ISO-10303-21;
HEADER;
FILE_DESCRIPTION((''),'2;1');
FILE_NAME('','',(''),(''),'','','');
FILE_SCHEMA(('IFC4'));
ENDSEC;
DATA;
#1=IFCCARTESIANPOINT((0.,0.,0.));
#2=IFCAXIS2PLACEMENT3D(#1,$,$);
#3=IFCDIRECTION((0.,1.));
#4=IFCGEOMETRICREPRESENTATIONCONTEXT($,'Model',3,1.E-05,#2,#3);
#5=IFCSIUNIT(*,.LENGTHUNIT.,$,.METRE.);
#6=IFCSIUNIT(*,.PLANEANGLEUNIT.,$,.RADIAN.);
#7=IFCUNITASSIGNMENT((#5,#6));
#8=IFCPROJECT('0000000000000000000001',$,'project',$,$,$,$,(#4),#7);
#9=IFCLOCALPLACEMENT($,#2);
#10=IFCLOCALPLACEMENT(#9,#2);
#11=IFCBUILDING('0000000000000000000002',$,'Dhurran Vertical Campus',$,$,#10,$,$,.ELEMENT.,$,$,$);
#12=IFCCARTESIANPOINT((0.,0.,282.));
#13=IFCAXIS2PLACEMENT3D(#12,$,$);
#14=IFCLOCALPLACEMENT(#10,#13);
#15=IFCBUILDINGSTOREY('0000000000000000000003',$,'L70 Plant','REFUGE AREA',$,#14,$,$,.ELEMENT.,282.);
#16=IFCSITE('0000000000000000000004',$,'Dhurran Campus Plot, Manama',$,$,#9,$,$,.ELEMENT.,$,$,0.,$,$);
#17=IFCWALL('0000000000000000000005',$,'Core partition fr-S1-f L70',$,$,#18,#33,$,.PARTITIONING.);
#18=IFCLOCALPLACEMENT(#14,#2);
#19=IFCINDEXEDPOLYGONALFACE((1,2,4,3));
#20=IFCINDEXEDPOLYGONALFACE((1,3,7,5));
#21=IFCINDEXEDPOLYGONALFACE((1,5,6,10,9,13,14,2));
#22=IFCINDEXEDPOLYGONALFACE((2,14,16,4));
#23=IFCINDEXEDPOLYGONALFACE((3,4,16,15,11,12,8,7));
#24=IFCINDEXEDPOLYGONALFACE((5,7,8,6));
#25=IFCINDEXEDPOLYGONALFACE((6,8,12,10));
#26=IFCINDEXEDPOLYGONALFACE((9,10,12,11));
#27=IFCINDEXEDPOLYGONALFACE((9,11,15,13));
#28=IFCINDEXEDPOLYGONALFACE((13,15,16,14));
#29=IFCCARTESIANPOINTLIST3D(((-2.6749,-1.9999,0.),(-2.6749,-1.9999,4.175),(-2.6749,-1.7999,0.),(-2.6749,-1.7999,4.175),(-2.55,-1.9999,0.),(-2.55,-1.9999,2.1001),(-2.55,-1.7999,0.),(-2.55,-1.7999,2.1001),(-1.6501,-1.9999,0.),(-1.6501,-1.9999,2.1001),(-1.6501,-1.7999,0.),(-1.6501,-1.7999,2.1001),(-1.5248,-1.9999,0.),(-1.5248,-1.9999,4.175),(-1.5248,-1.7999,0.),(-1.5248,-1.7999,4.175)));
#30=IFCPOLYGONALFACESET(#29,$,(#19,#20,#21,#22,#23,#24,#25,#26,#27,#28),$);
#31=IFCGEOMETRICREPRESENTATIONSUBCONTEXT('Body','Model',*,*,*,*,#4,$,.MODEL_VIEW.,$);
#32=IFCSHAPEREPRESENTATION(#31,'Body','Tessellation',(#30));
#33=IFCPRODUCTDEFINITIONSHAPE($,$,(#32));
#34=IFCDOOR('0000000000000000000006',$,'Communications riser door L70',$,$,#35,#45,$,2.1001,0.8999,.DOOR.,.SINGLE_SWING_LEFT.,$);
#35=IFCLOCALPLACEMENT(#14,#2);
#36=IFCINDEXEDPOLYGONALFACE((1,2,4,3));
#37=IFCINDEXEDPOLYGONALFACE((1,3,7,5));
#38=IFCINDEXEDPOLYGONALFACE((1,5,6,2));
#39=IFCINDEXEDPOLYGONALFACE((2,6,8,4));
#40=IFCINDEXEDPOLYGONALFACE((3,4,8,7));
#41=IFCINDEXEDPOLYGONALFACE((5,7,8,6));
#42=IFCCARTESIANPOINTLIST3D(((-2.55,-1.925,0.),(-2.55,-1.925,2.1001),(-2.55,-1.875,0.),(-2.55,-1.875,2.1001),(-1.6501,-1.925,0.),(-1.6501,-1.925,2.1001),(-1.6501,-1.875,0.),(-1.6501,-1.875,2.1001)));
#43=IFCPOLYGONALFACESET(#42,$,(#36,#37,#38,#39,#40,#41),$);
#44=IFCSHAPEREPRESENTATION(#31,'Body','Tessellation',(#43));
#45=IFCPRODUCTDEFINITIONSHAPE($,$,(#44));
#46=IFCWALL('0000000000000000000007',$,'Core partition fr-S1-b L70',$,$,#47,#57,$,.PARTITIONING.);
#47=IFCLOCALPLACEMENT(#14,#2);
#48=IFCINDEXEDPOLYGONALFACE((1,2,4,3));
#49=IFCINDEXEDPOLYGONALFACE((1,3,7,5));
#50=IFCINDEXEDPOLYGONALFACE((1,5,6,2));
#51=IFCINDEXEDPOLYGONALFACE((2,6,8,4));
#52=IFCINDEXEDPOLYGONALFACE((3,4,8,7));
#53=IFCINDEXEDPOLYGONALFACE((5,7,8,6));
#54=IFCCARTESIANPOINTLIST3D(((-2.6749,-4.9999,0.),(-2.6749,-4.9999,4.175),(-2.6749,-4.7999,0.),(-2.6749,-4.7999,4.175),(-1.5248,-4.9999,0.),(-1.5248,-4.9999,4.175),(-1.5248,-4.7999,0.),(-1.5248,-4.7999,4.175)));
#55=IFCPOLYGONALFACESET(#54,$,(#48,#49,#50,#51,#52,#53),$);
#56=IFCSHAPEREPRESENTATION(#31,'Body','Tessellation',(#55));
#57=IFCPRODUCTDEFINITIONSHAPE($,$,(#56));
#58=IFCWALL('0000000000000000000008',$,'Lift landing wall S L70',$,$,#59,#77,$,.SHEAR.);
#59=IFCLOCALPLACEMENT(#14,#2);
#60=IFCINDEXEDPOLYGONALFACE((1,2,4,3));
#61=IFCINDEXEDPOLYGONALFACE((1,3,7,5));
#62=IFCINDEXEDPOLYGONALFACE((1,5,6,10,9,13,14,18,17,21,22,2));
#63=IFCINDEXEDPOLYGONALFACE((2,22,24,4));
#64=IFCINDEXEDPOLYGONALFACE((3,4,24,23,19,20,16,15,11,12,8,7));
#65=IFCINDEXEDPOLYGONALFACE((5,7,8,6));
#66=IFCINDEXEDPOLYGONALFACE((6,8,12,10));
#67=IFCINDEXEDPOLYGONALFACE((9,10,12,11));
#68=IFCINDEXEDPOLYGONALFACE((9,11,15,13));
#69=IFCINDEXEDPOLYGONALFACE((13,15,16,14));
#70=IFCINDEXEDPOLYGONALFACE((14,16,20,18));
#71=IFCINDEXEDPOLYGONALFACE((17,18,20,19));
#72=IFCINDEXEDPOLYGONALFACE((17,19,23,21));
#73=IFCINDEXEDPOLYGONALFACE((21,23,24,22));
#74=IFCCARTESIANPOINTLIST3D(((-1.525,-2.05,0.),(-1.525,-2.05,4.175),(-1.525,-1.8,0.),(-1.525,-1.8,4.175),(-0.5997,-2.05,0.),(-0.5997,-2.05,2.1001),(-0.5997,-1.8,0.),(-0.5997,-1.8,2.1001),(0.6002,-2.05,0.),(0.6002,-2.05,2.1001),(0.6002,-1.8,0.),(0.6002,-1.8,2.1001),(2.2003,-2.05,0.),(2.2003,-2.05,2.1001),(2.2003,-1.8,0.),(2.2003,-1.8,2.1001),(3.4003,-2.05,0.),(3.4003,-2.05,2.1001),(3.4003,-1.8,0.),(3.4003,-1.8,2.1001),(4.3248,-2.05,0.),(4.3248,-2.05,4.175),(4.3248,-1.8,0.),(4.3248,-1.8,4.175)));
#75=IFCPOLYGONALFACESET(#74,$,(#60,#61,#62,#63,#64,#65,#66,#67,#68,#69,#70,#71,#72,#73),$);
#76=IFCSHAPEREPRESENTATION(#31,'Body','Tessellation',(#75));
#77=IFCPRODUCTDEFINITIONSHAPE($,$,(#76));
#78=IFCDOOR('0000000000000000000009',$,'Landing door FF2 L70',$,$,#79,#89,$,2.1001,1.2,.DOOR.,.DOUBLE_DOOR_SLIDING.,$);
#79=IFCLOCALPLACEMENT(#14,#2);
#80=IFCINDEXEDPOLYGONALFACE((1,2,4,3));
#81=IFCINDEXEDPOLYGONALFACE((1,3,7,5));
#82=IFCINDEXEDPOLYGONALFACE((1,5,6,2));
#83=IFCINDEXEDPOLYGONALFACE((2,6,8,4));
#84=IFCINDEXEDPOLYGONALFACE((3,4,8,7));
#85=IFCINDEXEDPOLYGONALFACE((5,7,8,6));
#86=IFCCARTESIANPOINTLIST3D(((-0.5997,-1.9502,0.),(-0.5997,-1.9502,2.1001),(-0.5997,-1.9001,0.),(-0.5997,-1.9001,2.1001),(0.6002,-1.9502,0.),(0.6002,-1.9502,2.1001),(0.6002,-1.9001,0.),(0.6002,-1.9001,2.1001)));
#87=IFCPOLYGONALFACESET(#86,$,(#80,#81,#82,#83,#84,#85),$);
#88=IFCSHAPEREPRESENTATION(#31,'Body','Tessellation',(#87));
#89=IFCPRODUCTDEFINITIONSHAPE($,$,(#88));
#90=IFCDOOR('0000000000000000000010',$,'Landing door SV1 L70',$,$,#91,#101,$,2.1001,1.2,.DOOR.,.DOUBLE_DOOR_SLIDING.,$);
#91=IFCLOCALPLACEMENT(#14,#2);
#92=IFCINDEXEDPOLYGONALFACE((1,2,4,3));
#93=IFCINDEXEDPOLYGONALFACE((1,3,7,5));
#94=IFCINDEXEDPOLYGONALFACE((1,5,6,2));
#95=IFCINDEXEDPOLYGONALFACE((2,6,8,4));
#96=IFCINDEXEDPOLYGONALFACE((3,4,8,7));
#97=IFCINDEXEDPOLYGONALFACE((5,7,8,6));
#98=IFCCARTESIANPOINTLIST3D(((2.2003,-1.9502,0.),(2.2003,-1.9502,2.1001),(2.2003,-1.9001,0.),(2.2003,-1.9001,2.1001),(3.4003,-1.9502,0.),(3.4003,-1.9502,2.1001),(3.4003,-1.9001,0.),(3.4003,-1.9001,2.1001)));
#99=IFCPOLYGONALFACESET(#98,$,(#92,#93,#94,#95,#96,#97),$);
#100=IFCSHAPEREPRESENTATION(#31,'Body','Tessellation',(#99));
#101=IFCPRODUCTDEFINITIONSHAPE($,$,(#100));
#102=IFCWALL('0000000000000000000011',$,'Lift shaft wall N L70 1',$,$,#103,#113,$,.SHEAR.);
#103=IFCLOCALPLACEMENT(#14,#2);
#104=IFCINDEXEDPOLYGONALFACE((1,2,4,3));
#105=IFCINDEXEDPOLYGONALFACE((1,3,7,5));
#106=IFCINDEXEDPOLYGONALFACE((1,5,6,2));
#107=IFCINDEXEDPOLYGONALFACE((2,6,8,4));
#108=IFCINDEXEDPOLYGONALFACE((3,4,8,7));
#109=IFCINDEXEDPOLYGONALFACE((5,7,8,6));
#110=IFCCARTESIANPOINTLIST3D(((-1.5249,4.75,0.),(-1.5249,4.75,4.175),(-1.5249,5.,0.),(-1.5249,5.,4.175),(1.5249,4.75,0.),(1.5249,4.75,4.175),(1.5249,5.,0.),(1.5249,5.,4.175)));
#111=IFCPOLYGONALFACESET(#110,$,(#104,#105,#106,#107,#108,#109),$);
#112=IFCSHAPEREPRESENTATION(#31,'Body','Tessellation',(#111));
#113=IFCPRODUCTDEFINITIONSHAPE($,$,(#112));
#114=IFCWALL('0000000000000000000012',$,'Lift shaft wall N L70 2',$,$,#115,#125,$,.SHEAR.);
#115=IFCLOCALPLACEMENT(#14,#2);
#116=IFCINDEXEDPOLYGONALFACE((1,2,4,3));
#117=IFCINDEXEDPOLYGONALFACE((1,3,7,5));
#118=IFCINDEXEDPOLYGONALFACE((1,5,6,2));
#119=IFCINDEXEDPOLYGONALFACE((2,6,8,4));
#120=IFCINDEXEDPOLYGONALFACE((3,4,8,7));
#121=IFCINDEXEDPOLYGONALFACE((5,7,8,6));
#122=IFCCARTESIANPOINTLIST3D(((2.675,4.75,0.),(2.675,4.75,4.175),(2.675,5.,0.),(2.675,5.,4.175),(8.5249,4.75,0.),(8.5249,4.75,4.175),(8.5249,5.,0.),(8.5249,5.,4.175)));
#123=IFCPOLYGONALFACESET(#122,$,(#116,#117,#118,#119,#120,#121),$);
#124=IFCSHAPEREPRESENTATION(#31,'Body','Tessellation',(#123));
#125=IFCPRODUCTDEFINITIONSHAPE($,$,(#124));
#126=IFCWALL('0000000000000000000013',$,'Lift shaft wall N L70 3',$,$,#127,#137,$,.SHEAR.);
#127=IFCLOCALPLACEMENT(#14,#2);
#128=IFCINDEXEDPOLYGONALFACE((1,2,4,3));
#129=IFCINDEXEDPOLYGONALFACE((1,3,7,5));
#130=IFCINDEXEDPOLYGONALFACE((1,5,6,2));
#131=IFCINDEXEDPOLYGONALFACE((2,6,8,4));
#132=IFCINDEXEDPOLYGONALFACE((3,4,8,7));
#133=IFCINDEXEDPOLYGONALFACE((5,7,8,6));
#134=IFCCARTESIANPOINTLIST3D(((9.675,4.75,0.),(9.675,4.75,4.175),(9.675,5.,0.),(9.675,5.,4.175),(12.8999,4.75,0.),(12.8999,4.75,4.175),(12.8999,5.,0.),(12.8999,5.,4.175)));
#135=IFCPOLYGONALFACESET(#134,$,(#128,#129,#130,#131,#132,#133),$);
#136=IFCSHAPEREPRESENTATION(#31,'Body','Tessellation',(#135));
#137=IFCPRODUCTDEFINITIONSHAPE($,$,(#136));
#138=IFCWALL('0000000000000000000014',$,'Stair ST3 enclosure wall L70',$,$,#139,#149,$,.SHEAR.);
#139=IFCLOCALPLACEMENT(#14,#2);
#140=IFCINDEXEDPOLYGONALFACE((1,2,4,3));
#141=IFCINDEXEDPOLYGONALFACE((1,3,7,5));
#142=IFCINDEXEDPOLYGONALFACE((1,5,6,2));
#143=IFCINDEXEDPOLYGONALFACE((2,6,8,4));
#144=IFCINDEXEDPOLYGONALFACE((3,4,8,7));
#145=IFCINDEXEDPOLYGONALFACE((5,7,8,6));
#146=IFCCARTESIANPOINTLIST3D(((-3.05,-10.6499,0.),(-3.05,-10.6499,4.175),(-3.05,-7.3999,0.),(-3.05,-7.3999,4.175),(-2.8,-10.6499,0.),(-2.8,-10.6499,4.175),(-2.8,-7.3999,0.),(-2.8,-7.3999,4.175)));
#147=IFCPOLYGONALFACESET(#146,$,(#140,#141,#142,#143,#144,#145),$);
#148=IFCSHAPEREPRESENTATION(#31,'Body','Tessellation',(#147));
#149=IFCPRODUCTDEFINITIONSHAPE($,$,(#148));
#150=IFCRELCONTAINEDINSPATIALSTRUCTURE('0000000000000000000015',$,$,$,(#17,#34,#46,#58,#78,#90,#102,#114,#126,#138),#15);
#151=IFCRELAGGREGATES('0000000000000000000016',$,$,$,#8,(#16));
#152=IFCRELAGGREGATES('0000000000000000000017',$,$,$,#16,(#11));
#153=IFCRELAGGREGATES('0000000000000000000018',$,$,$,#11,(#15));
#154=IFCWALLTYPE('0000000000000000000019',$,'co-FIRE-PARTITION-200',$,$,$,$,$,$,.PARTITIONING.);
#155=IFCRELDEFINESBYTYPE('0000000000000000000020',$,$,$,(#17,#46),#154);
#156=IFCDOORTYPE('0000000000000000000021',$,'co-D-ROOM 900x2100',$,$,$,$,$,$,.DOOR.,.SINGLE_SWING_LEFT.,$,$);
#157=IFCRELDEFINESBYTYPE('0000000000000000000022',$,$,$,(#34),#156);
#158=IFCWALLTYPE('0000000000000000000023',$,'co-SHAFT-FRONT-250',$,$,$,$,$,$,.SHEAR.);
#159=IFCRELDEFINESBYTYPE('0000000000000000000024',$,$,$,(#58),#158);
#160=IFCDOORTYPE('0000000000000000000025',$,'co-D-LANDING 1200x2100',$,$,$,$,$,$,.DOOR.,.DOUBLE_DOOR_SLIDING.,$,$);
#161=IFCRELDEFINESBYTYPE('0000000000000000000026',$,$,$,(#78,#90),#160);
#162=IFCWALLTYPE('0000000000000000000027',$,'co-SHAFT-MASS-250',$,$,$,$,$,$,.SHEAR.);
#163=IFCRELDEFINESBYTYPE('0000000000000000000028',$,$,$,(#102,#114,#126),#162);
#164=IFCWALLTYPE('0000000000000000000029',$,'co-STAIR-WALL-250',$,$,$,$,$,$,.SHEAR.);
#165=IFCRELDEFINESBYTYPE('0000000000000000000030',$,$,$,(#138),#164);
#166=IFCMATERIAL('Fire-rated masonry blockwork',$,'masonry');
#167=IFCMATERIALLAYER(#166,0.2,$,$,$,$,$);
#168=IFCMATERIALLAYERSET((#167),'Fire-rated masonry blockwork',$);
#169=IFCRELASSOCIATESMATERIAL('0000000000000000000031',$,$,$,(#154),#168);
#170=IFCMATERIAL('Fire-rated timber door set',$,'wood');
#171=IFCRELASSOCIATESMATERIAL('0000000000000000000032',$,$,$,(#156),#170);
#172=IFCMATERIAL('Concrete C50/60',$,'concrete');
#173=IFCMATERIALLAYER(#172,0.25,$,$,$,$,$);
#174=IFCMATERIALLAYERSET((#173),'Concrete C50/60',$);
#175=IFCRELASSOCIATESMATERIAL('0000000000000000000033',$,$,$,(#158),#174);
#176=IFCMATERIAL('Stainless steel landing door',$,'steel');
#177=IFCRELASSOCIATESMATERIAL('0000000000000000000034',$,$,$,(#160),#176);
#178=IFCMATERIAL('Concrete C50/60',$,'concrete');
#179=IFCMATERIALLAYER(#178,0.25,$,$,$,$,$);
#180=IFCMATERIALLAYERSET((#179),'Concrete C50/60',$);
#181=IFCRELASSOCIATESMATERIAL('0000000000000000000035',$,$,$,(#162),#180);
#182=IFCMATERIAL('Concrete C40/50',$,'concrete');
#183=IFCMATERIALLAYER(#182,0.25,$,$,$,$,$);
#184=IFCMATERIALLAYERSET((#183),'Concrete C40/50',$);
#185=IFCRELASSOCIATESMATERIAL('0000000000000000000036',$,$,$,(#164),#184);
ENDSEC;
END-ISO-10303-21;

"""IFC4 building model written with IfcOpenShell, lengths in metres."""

from ifc_helpers import new_model, si_unit, direction, frame, frame_2d, origin, place, context, subcontext, project, spatial, polyline, rectangle, outline, extrude, material, layer, layer_set, type_object, element, fill, save


model = new_model("IFC4")

# Units and contexts
model_context = context("Model", 3, precision=1e-05, world=origin(), true_north=direction((0.0, 1.0)))
body_context = subcontext(model_context, "Body", "Model", "MODEL_VIEW")
ifc_project = project(units=[si_unit("LENGTHUNIT", "METRE"), si_unit("PLANEANGLEUNIT", "RADIAN")], contexts=[model_context])

# Site, building, storey
site_placement = place(None, origin())
site = spatial("IfcSite", under=ifc_project, at=site_placement, Name="Dhurran Campus Plot, Manama", CompositionType="ELEMENT", RefElevation=0.0)
building_placement = place(site_placement, origin())
building = spatial("IfcBuilding", under=site, at=building_placement, Name="Dhurran Vertical Campus", CompositionType="ELEMENT")
storey_placement = place(building_placement, frame((0.0, 0.0, 282.0)))
storey = spatial("IfcBuildingStorey", under=building, at=storey_placement, Name="L70 Plant", Description="REFUGE AREA", CompositionType="ELEMENT", Elevation=282.0)

# Shared definitions
ifc_material_1 = material(Name="Fire-rated masonry blockwork", Category="masonry")
ifc_layer_1 = layer(ifc_material_1, 0.2)
ifc_layer_set_1 = layer_set([ifc_layer_1], Name="Fire-rated masonry blockwork")
wall_type_1 = type_object("IfcWallType", Name="co-FIRE-PARTITION-200", PredefinedType="PARTITIONING", material=ifc_layer_set_1)

# Wall, opening, door
ifc_material_2 = material(Name="Fire-rated timber door set", Category="wood")
door_type_1 = type_object("IfcDoorType", Name="co-D-ROOM 900x2100", OperationType="SINGLE_SWING_LEFT", PredefinedType="DOOR", material=ifc_material_2)
wall_1_placement = place(storey_placement, frame((-2.675, -1.8999, 0.0), z_axis=(0.0, 0.0, 1.0), x_axis=(1.0, 0.0, 0.0)))
wall_1 = element("IfcWall", 1, at=wall_1_placement, inside=storey, type_object=wall_type_1, Name="Core partition fr-S1-f L70", PredefinedType="PARTITIONING", context=body_context, shape_type="SweptSolid", body=[
    extrude(rectangle(XDim=1.1501, YDim=0.2, at=frame_2d((0.5752, 0.0))), origin(), (0.0, 0.0, 1.0), 4.175),
])
opening_1_placement = place(wall_1_placement, frame((0.125, 0.0, 0.0)))
opening_1 = element("IfcOpeningElement", 2, at=opening_1_placement, cuts=wall_1, PredefinedType="OPENING", context=body_context, shape_type="SweptSolid", body=[
    extrude(rectangle(XDim=0.8999, YDim=2.1001, at=frame_2d((0.45, 1.05))), frame((0.0, 0.1099, 0.0), z_axis=(0.0, -1.0, 0.0), x_axis=(1.0, 0.0, 0.0)), (0.0, 0.0, 1.0), 0.22),
])
door_1_placement = place(opening_1_placement, origin())
door_1 = element("IfcDoor", 3, at=door_1_placement, inside=storey, type_object=door_type_1, Name="Communications riser door L70", OperationType="SINGLE_SWING_LEFT", OverallHeight=2.1001, OverallWidth=0.8999, PredefinedType="DOOR", context=body_context, shape_type="SweptSolid", body=[
    extrude(rectangle(XDim=0.8999, YDim=2.1001, at=frame_2d((0.45, 1.05))), frame((0.0, 0.0249, 0.0), z_axis=(0.0, -1.0, 0.0), x_axis=(1.0, 0.0, 0.0)), (0.0, 0.0, 1.0), 0.05),
])
fill(opening_1, door_1)

# Wall
wall_2_placement = place(storey_placement, frame((-2.675, -4.8999, 0.0), z_axis=(0.0, 0.0, 1.0), x_axis=(1.0, 0.0, 0.0)))
element("IfcWall", 4, at=wall_2_placement, inside=storey, type_object=wall_type_1, Name="Core partition fr-S1-b L70", PredefinedType="PARTITIONING", context=body_context, shape_type="SweptSolid", body=[
    extrude(rectangle(XDim=1.1501, YDim=0.2, at=frame_2d((0.5752, 0.0))), origin(), (0.0, 0.0, 1.0), 4.175),
])

# Wall, openings, doors
ifc_material_3 = material(Name="Concrete C50/60", Category="concrete")
ifc_layer_2 = layer(ifc_material_3, 0.25)
ifc_layer_set_2 = layer_set([ifc_layer_2], Name="Concrete C50/60")
wall_type_2 = type_object("IfcWallType", Name="co-SHAFT-FRONT-250", PredefinedType="SHEAR", material=ifc_layer_set_2)
wall_3_placement = place(storey_placement, frame((-1.5249, -1.925, 0.0), z_axis=(0.0, 0.0, 1.0), x_axis=(1.0, 0.0, 0.0)))
wall_3 = element("IfcWall", 5, at=wall_3_placement, inside=storey, type_object=wall_type_2, Name="Lift landing wall S L70", PredefinedType="SHEAR", context=body_context, shape_type="SweptSolid", body=[
    extrude(rectangle(XDim=5.8499, YDim=0.25, at=frame_2d((2.9248, 0.0))), origin(), (0.0, 0.0, 1.0), 4.175),
])
opening_2_placement = place(wall_3_placement, frame((0.925, 0.0, 0.0)))
opening_2 = element("IfcOpeningElement", 6, at=opening_2_placement, cuts=wall_3, PredefinedType="OPENING", context=body_context, shape_type="SweptSolid", body=[
    extrude(rectangle(XDim=1.2, YDim=2.1001, at=frame_2d((0.6001, 1.05))), frame((0.0, 0.135, 0.0), z_axis=(0.0, -1.0, 0.0), x_axis=(1.0, 0.0, 0.0)), (0.0, 0.0, 1.0), 0.27),
])
opening_3_placement = place(wall_3_placement, frame((3.7251, 0.0, 0.0)))
opening_3 = element("IfcOpeningElement", 7, at=opening_3_placement, cuts=wall_3, PredefinedType="OPENING", context=body_context, shape_type="SweptSolid", body=[
    extrude(rectangle(XDim=1.2, YDim=2.1001, at=frame_2d((0.6001, 1.05))), frame((0.0, 0.135, 0.0), z_axis=(0.0, -1.0, 0.0), x_axis=(1.0, 0.0, 0.0)), (0.0, 0.0, 1.0), 0.27),
])
ifc_material_4 = material(Name="Stainless steel landing door", Category="steel")
door_type_2 = type_object("IfcDoorType", Name="co-D-LANDING 1200x2100", OperationType="DOUBLE_DOOR_SLIDING", PredefinedType="DOOR", material=ifc_material_4)
door_2_placement = place(opening_2_placement, origin())
door_2 = element("IfcDoor", 8, at=door_2_placement, inside=storey, type_object=door_type_2, Name="Landing door FF2 L70", OperationType="DOUBLE_DOOR_SLIDING", OverallHeight=2.1001, OverallWidth=1.2, PredefinedType="DOOR", context=body_context, shape_type="SweptSolid", body=[
    extrude(rectangle(XDim=1.2, YDim=2.1001, at=frame_2d((0.6001, 1.05))), frame((0.0, 0.0249, 0.0), z_axis=(0.0, -1.0, 0.0), x_axis=(1.0, 0.0, 0.0)), (0.0, 0.0, 1.0), 0.05),
])
fill(opening_2, door_2)
door_3_placement = place(opening_3_placement, origin())
door_3 = element("IfcDoor", 9, at=door_3_placement, inside=storey, type_object=door_type_2, Name="Landing door SV1 L70", OperationType="DOUBLE_DOOR_SLIDING", OverallHeight=2.1001, OverallWidth=1.2, PredefinedType="DOOR", context=body_context, shape_type="SweptSolid", body=[
    extrude(rectangle(XDim=1.2, YDim=2.1001, at=frame_2d((0.6001, 1.05))), frame((0.0, 0.0249, 0.0), z_axis=(0.0, -1.0, 0.0), x_axis=(1.0, 0.0, 0.0)), (0.0, 0.0, 1.0), 0.05),
])
fill(opening_3, door_3)

# Walls
ifc_material_5 = material(Name="Concrete C50/60", Category="concrete")
ifc_layer_3 = layer(ifc_material_5, 0.25)
ifc_layer_set_3 = layer_set([ifc_layer_3], Name="Concrete C50/60")
wall_type_3 = type_object("IfcWallType", Name="co-SHAFT-MASS-250", PredefinedType="SHEAR", material=ifc_layer_set_3)
wall_4_placement = place(storey_placement, origin())
element("IfcWall", 10, at=wall_4_placement, inside=storey, type_object=wall_type_3, Name="Lift shaft wall N L70 1", PredefinedType="SHEAR", context=body_context, shape_type="SweptSolid", body=[
    extrude(outline(polyline([(-1.5249, 4.75), (1.5249, 4.75), (1.5249, 5.0), (-1.5249, 5.0), (-1.5249, 4.75)])), origin(), (0.0, 0.0, 1.0), 4.175),
])
wall_5_placement = place(storey_placement, origin())
element("IfcWall", 11, at=wall_5_placement, inside=storey, type_object=wall_type_3, Name="Lift shaft wall N L70 2", PredefinedType="SHEAR", context=body_context, shape_type="SweptSolid", body=[
    extrude(outline(polyline([(2.675, 4.75), (8.5249, 4.75), (8.5249, 5.0), (2.675, 5.0), (2.675, 4.75)])), origin(), (0.0, 0.0, 1.0), 4.175),
])
wall_6_placement = place(storey_placement, origin())
element("IfcWall", 12, at=wall_6_placement, inside=storey, type_object=wall_type_3, Name="Lift shaft wall N L70 3", PredefinedType="SHEAR", context=body_context, shape_type="SweptSolid", body=[
    extrude(outline(polyline([(9.675, 4.75), (12.8999, 4.75), (12.8999, 5.0), (9.675, 5.0), (9.675, 4.75)])), origin(), (0.0, 0.0, 1.0), 4.175),
])
ifc_material_6 = material(Name="Concrete C40/50", Category="concrete")
ifc_layer_4 = layer(ifc_material_6, 0.25)
ifc_layer_set_4 = layer_set([ifc_layer_4], Name="Concrete C40/50")
wall_type_4 = type_object("IfcWallType", Name="co-STAIR-WALL-250", PredefinedType="SHEAR", material=ifc_layer_set_4)
wall_7_placement = place(storey_placement, frame((-2.925, -10.6499, 0.0), z_axis=(0.0, 0.0, 1.0), x_axis=(0.0, 1.0, 0.0)))
element("IfcWall", 13, at=wall_7_placement, inside=storey, type_object=wall_type_4, Name="Stair ST3 enclosure wall L70", PredefinedType="SHEAR", context=body_context, shape_type="SweptSolid", body=[
    extrude(rectangle(XDim=3.25, YDim=0.25, at=frame_2d((1.625, 0.0))), origin(), (0.0, 0.0, 1.0), 4.175),
])

save(model, "model.ifc")
